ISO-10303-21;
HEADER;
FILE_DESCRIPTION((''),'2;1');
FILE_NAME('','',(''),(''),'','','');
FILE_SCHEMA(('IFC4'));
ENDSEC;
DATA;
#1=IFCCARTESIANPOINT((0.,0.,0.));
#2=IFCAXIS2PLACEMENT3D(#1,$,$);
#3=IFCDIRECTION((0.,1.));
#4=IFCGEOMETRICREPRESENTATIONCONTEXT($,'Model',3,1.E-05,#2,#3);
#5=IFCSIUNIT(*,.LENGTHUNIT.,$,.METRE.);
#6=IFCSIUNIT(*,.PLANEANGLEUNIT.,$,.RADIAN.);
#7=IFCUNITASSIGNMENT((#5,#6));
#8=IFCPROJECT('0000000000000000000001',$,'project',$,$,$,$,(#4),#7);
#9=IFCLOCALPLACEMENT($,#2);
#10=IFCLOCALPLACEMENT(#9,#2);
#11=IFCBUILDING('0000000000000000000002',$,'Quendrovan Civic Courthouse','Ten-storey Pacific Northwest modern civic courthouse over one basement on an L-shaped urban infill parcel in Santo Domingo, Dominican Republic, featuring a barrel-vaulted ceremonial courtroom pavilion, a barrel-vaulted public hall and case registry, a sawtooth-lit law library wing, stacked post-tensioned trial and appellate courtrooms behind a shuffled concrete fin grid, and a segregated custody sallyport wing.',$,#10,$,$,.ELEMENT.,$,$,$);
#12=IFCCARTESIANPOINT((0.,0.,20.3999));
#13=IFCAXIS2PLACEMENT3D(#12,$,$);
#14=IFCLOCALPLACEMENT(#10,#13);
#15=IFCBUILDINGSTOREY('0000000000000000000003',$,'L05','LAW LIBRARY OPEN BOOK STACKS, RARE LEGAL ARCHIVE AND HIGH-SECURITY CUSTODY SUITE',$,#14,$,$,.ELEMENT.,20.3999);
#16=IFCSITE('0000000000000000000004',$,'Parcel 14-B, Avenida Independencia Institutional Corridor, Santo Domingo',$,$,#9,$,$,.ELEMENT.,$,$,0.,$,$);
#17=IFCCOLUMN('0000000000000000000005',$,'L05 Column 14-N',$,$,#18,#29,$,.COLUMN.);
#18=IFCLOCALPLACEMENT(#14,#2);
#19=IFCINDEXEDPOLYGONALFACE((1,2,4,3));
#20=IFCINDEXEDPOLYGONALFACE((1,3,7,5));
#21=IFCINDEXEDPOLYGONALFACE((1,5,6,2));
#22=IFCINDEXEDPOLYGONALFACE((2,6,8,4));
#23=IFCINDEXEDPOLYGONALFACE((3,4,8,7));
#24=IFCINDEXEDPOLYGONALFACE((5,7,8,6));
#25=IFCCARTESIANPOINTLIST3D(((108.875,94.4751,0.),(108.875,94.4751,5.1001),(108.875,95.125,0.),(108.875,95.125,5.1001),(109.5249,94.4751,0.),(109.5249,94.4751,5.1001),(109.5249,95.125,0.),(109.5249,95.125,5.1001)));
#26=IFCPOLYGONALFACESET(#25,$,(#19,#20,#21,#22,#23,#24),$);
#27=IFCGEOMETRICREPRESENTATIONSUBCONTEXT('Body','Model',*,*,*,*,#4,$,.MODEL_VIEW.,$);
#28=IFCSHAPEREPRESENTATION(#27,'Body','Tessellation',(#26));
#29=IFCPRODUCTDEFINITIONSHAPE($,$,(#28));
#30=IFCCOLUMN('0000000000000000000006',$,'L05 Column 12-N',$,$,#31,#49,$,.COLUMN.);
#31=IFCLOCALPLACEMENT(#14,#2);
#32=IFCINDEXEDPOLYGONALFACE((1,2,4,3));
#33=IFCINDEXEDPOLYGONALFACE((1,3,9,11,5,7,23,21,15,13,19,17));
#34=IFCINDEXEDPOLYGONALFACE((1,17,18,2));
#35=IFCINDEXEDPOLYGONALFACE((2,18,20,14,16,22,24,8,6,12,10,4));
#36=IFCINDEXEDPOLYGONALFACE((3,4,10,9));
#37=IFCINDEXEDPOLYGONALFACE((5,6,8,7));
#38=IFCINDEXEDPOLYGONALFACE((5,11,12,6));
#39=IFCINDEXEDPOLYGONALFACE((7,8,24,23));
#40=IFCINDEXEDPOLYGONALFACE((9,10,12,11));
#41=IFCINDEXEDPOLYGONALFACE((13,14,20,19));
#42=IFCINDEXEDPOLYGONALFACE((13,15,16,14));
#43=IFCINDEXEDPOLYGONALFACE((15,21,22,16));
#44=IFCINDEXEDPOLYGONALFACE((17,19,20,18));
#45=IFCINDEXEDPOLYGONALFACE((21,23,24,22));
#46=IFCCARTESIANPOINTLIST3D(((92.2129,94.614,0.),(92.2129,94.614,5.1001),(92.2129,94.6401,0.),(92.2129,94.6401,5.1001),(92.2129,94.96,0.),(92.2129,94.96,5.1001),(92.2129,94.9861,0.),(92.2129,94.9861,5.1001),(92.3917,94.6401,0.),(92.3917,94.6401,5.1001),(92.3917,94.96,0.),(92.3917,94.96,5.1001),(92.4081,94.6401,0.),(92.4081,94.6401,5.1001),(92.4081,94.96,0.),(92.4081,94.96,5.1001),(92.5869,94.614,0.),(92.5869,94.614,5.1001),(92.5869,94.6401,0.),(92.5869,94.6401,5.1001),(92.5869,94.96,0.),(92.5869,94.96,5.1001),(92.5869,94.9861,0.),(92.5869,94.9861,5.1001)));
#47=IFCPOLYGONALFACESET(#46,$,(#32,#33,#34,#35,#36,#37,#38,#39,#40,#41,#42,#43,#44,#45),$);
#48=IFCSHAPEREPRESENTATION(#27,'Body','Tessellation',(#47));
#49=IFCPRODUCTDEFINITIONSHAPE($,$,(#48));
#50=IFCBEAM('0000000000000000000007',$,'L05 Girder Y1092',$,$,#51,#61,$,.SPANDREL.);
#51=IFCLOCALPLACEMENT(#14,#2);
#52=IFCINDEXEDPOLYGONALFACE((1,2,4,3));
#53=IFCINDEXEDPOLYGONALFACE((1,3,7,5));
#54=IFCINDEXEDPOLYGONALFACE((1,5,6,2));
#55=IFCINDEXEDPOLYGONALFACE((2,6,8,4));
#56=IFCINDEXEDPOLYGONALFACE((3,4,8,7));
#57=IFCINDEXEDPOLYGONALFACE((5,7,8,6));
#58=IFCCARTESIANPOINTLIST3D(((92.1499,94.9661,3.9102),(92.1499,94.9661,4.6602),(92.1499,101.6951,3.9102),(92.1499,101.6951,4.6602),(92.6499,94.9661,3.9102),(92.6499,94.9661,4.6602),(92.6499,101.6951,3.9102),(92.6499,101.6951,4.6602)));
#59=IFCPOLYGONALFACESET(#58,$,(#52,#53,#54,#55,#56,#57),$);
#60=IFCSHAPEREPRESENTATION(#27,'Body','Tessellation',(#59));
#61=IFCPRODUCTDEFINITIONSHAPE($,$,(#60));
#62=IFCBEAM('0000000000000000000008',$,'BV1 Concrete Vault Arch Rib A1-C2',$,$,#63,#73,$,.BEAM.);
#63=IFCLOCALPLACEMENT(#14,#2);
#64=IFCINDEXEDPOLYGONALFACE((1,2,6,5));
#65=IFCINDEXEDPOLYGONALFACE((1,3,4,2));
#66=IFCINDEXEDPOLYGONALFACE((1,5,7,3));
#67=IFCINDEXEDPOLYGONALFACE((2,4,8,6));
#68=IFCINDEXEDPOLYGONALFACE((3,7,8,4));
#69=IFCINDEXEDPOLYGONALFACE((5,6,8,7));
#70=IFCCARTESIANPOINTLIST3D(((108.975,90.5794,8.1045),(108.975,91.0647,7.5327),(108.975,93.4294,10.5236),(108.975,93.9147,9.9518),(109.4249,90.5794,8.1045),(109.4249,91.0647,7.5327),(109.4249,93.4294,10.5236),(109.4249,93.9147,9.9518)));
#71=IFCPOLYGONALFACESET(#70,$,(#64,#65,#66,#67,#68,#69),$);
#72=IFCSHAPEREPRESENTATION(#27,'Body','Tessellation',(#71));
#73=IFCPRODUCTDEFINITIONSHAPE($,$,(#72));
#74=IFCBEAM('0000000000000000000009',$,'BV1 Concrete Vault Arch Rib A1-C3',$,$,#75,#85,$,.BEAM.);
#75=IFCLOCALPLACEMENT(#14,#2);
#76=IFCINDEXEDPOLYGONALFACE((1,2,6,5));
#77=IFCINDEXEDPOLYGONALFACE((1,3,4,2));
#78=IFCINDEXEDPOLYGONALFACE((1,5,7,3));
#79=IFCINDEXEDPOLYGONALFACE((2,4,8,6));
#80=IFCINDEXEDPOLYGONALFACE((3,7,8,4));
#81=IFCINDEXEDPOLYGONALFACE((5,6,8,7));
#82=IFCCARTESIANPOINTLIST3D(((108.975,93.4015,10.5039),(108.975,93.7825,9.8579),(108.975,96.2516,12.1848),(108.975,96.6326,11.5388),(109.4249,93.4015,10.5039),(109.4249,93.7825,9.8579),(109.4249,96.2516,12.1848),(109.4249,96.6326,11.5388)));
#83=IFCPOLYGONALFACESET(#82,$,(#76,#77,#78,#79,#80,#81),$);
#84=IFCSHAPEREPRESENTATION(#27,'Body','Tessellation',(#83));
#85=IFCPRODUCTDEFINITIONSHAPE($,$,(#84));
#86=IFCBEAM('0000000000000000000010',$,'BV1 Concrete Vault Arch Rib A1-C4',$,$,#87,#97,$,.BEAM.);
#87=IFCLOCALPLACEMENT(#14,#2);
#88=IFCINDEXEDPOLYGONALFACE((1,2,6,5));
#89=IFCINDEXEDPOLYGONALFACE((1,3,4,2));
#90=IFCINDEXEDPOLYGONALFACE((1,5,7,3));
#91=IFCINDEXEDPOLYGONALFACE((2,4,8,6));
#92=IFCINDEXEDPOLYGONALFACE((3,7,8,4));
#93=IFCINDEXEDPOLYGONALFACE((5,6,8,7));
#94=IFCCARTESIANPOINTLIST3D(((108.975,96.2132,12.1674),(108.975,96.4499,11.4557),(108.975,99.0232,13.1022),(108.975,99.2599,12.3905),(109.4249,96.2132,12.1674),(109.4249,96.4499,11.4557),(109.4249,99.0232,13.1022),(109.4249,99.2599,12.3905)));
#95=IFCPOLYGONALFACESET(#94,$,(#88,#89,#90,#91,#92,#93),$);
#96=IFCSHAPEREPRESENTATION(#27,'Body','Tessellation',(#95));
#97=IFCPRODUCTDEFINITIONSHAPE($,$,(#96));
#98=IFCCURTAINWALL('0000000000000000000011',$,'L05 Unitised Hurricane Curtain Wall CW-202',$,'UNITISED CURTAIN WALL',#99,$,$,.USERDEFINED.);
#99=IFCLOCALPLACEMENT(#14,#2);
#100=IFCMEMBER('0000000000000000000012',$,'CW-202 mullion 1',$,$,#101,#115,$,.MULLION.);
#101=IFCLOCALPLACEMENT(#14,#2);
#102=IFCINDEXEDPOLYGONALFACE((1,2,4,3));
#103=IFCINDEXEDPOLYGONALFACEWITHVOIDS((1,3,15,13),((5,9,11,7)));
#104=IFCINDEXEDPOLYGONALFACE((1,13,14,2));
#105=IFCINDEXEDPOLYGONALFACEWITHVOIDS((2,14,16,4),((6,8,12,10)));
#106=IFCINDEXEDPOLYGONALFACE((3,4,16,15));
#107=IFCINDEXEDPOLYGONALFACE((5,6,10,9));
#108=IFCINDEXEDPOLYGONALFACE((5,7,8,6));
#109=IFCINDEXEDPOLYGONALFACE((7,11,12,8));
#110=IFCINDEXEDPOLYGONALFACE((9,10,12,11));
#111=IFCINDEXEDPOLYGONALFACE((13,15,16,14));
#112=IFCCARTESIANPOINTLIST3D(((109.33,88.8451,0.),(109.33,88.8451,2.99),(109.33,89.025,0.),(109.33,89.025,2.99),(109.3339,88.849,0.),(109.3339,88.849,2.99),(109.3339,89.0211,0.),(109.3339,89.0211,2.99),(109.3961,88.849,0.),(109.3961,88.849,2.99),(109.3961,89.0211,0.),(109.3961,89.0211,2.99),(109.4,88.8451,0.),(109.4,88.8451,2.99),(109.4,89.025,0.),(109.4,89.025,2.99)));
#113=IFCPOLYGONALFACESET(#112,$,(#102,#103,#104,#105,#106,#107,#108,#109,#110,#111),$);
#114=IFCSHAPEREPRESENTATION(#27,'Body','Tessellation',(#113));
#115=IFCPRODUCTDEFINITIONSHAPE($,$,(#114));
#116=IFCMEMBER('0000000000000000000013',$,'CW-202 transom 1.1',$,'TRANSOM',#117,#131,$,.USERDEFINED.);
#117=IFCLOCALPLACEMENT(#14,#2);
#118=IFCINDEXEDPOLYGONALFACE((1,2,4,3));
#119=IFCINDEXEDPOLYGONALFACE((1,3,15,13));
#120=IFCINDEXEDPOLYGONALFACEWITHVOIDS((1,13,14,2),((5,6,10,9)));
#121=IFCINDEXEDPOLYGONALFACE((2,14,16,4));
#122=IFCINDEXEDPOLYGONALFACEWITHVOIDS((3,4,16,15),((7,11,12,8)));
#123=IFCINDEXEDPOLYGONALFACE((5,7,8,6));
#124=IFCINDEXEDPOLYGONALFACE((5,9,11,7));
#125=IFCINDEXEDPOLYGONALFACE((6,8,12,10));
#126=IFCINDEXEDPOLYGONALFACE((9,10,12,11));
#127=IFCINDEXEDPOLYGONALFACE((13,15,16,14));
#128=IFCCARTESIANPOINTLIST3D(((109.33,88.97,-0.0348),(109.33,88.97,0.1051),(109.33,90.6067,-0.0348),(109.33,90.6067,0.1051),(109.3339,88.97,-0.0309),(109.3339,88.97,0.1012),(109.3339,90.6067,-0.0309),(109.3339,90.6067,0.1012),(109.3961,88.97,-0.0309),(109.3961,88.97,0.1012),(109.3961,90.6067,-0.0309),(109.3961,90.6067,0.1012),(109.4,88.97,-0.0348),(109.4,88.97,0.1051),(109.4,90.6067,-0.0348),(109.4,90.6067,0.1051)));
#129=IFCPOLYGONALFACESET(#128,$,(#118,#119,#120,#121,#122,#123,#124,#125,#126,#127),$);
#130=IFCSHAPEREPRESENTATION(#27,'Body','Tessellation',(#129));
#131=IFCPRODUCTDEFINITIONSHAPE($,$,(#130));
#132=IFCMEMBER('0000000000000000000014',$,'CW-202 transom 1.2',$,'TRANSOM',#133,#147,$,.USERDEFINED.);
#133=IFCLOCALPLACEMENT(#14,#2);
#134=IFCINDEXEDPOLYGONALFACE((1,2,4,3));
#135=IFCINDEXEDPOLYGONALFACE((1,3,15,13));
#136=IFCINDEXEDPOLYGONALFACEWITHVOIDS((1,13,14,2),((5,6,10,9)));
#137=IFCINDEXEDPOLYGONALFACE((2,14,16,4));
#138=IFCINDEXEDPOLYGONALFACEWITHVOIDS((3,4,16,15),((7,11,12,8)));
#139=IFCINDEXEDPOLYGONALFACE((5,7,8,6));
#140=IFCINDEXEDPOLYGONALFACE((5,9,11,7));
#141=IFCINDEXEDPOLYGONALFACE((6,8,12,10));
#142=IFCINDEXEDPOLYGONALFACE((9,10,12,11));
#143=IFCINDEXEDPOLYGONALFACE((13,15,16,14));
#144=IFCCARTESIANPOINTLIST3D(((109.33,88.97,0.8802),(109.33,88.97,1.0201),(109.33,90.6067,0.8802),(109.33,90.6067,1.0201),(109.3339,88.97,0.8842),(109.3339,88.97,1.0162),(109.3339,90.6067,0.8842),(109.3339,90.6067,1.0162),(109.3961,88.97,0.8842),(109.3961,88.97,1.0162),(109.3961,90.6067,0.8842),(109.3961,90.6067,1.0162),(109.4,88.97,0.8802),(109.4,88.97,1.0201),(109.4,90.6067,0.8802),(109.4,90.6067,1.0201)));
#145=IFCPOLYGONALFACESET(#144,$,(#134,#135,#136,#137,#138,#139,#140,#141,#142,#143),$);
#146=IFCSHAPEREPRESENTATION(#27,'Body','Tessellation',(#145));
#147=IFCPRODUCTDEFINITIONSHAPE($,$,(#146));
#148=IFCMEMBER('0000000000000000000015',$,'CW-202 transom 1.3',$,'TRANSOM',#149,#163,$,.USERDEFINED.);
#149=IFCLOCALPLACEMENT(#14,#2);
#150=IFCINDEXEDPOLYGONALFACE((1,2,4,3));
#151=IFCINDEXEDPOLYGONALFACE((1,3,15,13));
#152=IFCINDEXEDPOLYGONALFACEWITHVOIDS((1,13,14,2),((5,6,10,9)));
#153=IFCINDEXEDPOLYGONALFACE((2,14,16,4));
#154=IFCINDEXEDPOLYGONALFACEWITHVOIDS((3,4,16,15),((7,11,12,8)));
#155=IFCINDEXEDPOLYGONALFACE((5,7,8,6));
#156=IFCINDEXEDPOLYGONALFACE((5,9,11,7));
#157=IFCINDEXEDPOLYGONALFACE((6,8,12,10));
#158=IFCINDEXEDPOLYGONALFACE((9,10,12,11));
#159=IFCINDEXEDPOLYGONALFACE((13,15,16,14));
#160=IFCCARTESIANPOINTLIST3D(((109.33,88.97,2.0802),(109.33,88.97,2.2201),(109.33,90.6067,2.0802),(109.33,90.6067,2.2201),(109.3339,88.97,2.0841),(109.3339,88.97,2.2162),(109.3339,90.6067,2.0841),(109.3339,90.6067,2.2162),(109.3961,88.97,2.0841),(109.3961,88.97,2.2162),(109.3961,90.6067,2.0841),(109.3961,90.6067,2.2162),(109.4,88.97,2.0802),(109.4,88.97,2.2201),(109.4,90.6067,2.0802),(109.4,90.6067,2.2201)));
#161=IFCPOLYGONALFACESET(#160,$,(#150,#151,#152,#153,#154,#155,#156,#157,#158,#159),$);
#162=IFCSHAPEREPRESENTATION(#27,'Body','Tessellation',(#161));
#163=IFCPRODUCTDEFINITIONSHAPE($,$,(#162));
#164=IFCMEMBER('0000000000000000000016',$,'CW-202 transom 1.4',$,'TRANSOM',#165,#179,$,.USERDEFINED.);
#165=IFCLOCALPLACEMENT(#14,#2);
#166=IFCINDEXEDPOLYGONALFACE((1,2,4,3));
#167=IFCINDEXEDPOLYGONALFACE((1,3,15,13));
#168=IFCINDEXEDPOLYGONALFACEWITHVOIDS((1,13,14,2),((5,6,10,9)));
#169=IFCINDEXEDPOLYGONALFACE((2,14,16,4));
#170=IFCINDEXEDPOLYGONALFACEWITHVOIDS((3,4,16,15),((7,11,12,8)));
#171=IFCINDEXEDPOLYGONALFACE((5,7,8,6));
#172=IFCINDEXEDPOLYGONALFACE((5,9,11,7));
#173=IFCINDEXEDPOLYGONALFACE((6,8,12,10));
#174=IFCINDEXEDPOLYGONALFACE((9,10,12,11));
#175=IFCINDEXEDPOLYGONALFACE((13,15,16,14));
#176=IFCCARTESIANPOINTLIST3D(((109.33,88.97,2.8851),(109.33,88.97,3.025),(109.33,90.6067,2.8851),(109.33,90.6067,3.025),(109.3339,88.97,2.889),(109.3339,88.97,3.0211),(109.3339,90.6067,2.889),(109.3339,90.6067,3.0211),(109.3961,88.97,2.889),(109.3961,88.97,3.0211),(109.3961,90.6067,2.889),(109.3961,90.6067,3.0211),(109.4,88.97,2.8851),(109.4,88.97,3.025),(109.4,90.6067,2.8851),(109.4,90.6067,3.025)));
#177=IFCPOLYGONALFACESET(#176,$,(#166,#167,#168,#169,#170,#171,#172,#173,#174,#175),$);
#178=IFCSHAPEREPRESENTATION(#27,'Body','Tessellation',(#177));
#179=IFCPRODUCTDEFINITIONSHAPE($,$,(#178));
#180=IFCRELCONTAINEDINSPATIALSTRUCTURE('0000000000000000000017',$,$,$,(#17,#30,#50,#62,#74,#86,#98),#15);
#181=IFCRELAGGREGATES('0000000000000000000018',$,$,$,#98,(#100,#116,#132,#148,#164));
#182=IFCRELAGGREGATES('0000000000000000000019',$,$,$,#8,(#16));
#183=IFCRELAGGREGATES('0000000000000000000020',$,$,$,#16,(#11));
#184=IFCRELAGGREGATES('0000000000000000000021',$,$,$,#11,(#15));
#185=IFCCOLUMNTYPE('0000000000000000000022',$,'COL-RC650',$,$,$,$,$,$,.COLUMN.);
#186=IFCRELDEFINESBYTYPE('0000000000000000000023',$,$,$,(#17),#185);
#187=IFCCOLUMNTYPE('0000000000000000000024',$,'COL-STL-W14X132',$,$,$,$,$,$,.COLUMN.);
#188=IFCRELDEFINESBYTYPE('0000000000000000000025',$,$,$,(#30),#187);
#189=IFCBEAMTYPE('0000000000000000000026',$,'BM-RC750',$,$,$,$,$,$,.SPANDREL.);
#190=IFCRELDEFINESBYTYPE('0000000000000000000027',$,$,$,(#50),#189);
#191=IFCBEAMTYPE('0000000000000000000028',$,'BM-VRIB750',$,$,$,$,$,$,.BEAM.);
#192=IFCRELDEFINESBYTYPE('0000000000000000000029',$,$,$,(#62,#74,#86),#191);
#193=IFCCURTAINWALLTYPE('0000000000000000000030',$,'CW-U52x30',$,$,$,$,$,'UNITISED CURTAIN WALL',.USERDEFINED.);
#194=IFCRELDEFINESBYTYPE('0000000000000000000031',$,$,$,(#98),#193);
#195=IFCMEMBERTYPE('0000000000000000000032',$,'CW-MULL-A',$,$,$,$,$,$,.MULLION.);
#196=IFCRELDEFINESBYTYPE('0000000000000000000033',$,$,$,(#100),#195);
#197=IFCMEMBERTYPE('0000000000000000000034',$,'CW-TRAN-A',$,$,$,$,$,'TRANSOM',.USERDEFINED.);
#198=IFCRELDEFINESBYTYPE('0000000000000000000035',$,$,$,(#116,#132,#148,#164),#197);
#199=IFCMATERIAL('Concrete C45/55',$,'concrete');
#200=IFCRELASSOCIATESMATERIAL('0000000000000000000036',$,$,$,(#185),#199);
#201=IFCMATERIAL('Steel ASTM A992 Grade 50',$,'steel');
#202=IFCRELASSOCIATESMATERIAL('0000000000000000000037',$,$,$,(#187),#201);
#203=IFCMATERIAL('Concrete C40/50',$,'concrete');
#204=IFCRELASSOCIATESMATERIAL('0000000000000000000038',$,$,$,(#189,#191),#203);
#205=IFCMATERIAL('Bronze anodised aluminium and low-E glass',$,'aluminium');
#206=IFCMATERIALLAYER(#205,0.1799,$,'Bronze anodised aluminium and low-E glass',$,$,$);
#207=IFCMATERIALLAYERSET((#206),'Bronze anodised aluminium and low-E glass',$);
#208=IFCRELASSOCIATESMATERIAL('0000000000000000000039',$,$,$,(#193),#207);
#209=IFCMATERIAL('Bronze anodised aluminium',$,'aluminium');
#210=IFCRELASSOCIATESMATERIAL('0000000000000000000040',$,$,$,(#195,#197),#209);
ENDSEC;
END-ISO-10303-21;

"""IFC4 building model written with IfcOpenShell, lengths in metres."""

from ifc_helpers import new_model, si_unit, direction, frame, origin, origin_2d, place, context, subcontext, project, spatial, rectangle, hollow_rectangle, i_section, extrude, material, layer, layer_set, material_profile, profile_set, type_object, element, aggregate, save


model = new_model("IFC4")

# Units and contexts
model_context = context("Model", 3, precision=1e-05, world=origin(), true_north=direction((0.0, 1.0)))
body_context = subcontext(model_context, "Body", "Model", "MODEL_VIEW")
ifc_project = project(units=[si_unit("LENGTHUNIT", "METRE"), si_unit("PLANEANGLEUNIT", "RADIAN")], contexts=[model_context])

# Site, building, storey
site_placement = place(None, origin())
site = spatial("IfcSite", under=ifc_project, at=site_placement, Name="Parcel 14-B, Avenida Independencia Institutional Corridor, Santo Domingo", CompositionType="ELEMENT", RefElevation=0.0)
building_placement = place(site_placement, origin())
building = spatial("IfcBuilding", under=site, at=building_placement, Name="Quendrovan Civic Courthouse", Description="Ten-storey Pacific Northwest modern civic courthouse over one basement on an L-shaped urban infill parcel in Santo Domingo, Dominican Republic, featuring a barrel-vaulted ceremonial courtroom pavilion, a barrel-vaulted public hall and case registry, a sawtooth-lit law library wing, stacked post-tensioned trial and appellate courtrooms behind a shuffled concrete fin grid, and a segregated custody sallyport wing.", CompositionType="ELEMENT")
storey_placement = place(building_placement, frame((0.0, 0.0, 20.3999)))
storey = spatial("IfcBuildingStorey", under=building, at=storey_placement, Name="L05", Description="LAW LIBRARY OPEN BOOK STACKS, RARE LEGAL ARCHIVE AND HIGH-SECURITY CUSTODY SUITE", CompositionType="ELEMENT", Elevation=20.3999)

# Columns
ifc_material_1 = material(Name="Concrete C45/55", Category="concrete")
ifc_material_profile_1 = material_profile(ifc_material_1, rectangle(XDim=0.6499, YDim=0.6499, at=origin_2d()), Name="RC-COL-650x650")
ifc_profile_set_1 = profile_set([ifc_material_profile_1], Name="Concrete C45/55")
column_type_1 = type_object("IfcColumnType", Name="COL-RC650", PredefinedType="COLUMN", material=ifc_profile_set_1)
column_1_placement = place(storey_placement, frame((109.2, 94.8, 0.0), z_axis=(0.0, 0.0, 1.0), x_axis=(1.0, 0.0, 0.0)))
element("IfcColumn", 1, at=column_1_placement, inside=storey, type_object=column_type_1, Name="L05 Column 14-N", PredefinedType="COLUMN", context=body_context, shape_type="SweptSolid", body=[
    extrude(rectangle(XDim=0.6499, YDim=0.6499, at=origin_2d()), origin(), (0.0, 0.0, 1.0), 5.1001),
])
ifc_material_2 = material(Name="Steel ASTM A992 Grade 50", Category="steel")
ifc_material_profile_2 = material_profile(ifc_material_2, i_section(OverallWidth=0.374, OverallDepth=0.3721, WebThickness=0.0164, FlangeThickness=0.0261, at=origin_2d()), Name="W14X132")
ifc_profile_set_2 = profile_set([ifc_material_profile_2], Name="Steel ASTM A992 Grade 50")
column_type_2 = type_object("IfcColumnType", Name="COL-STL-W14X132", PredefinedType="COLUMN", material=ifc_profile_set_2)
column_2_placement = place(storey_placement, frame((92.3999, 94.8, 0.0), z_axis=(0.0, 0.0, 1.0), x_axis=(1.0, 0.0, 0.0)))
element("IfcColumn", 2, at=column_2_placement, inside=storey, type_object=column_type_2, Name="L05 Column 12-N", PredefinedType="COLUMN", context=body_context, shape_type="SweptSolid", body=[
    extrude(i_section(OverallWidth=0.374, OverallDepth=0.3721, WebThickness=0.0164, FlangeThickness=0.0261, at=origin_2d()), origin(), (0.0, 0.0, 1.0), 5.1001),
])

# Beams
ifc_material_3 = material(Name="Concrete C40/50", Category="concrete")
ifc_material_profile_3 = material_profile(ifc_material_3, rectangle(XDim=0.5, YDim=0.75, at=origin_2d()), Name="RC-BM-500x750")
ifc_profile_set_3 = profile_set([ifc_material_profile_3], Name="Concrete C40/50")
beam_type_1 = type_object("IfcBeamType", Name="BM-RC750", PredefinedType="SPANDREL", material=ifc_profile_set_3)
beam_1_placement = place(storey_placement, frame((92.3999, 94.9661, 4.2852), z_axis=(0.0, 1.0, 0.0), x_axis=(-1.0, 0.0, 0.0)))
element("IfcBeam", 3, at=beam_1_placement, inside=storey, type_object=beam_type_1, Name="L05 Girder Y1092", PredefinedType="SPANDREL", context=body_context, shape_type="SweptSolid", body=[
    extrude(rectangle(XDim=0.5, YDim=0.75, at=origin_2d()), origin(), (0.0, 0.0, 1.0), 6.729),
])
ifc_material_profile_4 = material_profile(ifc_material_3, rectangle(XDim=0.45, YDim=0.75, at=origin_2d()), Name="RC-VRIB-450x750")
ifc_profile_set_4 = profile_set([ifc_material_profile_4], Name="Concrete C40/50")
beam_type_2 = type_object("IfcBeamType", Name="BM-VRIB750", PredefinedType="BEAM", material=ifc_profile_set_4)
beam_2_placement = place(storey_placement, frame((109.2, 90.822, 7.8186), z_axis=(0.0, 0.762387, 0.647121), x_axis=(-1.0, 0.0, 0.0)))
element("IfcBeam", 4, at=beam_2_placement, inside=storey, type_object=beam_type_2, Name="BV1 Concrete Vault Arch Rib A1-C2", PredefinedType="BEAM", context=body_context, shape_type="SweptSolid", body=[
    extrude(rectangle(XDim=0.45, YDim=0.75, at=origin_2d()), origin(), (0.0, 0.0, 1.0), 3.7383),
])
beam_3_placement = place(storey_placement, frame((109.2, 93.592, 10.1809), z_axis=(0.0, 0.861355, 0.508003), x_axis=(-1.0, 0.0, 0.0)))
element("IfcBeam", 5, at=beam_3_placement, inside=storey, type_object=beam_type_2, Name="BV1 Concrete Vault Arch Rib A1-C3", PredefinedType="BEAM", context=body_context, shape_type="SweptSolid", body=[
    extrude(rectangle(XDim=0.45, YDim=0.75, at=origin_2d()), origin(), (0.0, 0.0, 1.0), 3.3088),
])
beam_4_placement = place(storey_placement, frame((109.2, 96.3315, 11.8115), z_axis=(0.0, 0.948873, 0.315659), x_axis=(-1.0, 0.0, 0.0)))
element("IfcBeam", 6, at=beam_4_placement, inside=storey, type_object=beam_type_2, Name="BV1 Concrete Vault Arch Rib A1-C4", PredefinedType="BEAM", context=body_context, shape_type="SweptSolid", body=[
    extrude(rectangle(XDim=0.45, YDim=0.75, at=origin_2d()), origin(), (0.0, 0.0, 1.0), 2.9614),
])

# Curtain wall, members
ifc_material_4 = material(Name="Bronze anodised aluminium and low-E glass", Category="aluminium")
ifc_layer_1 = layer(ifc_material_4, 0.1799, Name="Bronze anodised aluminium and low-E glass")
ifc_layer_set_1 = layer_set([ifc_layer_1], Name="Bronze anodised aluminium and low-E glass")
curtain_wall_type = type_object("IfcCurtainWallType", Name="CW-U52x30", ElementType="UNITISED CURTAIN WALL", PredefinedType="USERDEFINED", material=ifc_layer_set_1)
curtain_wall_placement = place(storey_placement, origin())
curtain_wall = element("IfcCurtainWall", 7, at=curtain_wall_placement, inside=storey, type_object=curtain_wall_type, Name="L05 Unitised Hurricane Curtain Wall CW-202", ObjectType="UNITISED CURTAIN WALL", PredefinedType="USERDEFINED")
ifc_material_5 = material(Name="Bronze anodised aluminium", Category="aluminium")
ifc_material_profile_5 = material_profile(ifc_material_5, hollow_rectangle(XDim=0.0701, YDim=0.1799, WallThickness=0.0039, at=origin_2d()), Name="CW-MULL-70x180")
ifc_profile_set_5 = profile_set([ifc_material_profile_5], Name="Bronze anodised aluminium")
member_type_1 = type_object("IfcMemberType", Name="CW-MULL-A", PredefinedType="MULLION", material=ifc_profile_set_5)
member_1_placement = place(storey_placement, frame((109.365, 88.9351, 0.0), z_axis=(0.0, 0.0, 1.0), x_axis=(-1.0, 0.0, 0.0)))
member_1 = element("IfcMember", 8, at=member_1_placement, type_object=member_type_1, Name="CW-202 mullion 1", PredefinedType="MULLION", context=body_context, shape_type="SweptSolid", body=[
    extrude(hollow_rectangle(XDim=0.0701, YDim=0.1799, WallThickness=0.0039, at=origin_2d()), origin(), (0.0, 0.0, 1.0), 2.99),
])
ifc_material_profile_6 = material_profile(ifc_material_5, hollow_rectangle(XDim=0.0701, YDim=0.1399, WallThickness=0.0039, at=origin_2d()), Name="CW-TRAN-70x140")
ifc_profile_set_6 = profile_set([ifc_material_profile_6], Name="Bronze anodised aluminium")
member_type_2 = type_object("IfcMemberType", Name="CW-TRAN-A", ElementType="TRANSOM", PredefinedType="USERDEFINED", material=ifc_profile_set_6)
member_2_placement = place(storey_placement, frame((109.365, 88.97, 0.0352), z_axis=(0.0, 1.0, 0.0), x_axis=(-1.0, 0.0, 0.0)))
member_2 = element("IfcMember", 9, at=member_2_placement, type_object=member_type_2, Name="CW-202 transom 1.1", ObjectType="TRANSOM", PredefinedType="USERDEFINED", context=body_context, shape_type="SweptSolid", body=[
    extrude(hollow_rectangle(XDim=0.0701, YDim=0.1399, WallThickness=0.0039, at=origin_2d()), origin(), (0.0, 0.0, 1.0), 1.6367),
])
member_3_placement = place(storey_placement, frame((109.365, 88.97, 0.9502), z_axis=(0.0, 1.0, 0.0), x_axis=(-1.0, 0.0, 0.0)))
member_3 = element("IfcMember", 10, at=member_3_placement, type_object=member_type_2, Name="CW-202 transom 1.2", ObjectType="TRANSOM", PredefinedType="USERDEFINED", context=body_context, shape_type="SweptSolid", body=[
    extrude(hollow_rectangle(XDim=0.0701, YDim=0.1399, WallThickness=0.0039, at=origin_2d()), origin(), (0.0, 0.0, 1.0), 1.6367),
])
member_4_placement = place(storey_placement, frame((109.365, 88.97, 2.1501), z_axis=(0.0, 1.0, 0.0), x_axis=(-1.0, 0.0, 0.0)))
member_4 = element("IfcMember", 11, at=member_4_placement, type_object=member_type_2, Name="CW-202 transom 1.3", ObjectType="TRANSOM", PredefinedType="USERDEFINED", context=body_context, shape_type="SweptSolid", body=[
    extrude(hollow_rectangle(XDim=0.0701, YDim=0.1399, WallThickness=0.0039, at=origin_2d()), origin(), (0.0, 0.0, 1.0), 1.6367),
])
member_5_placement = place(storey_placement, frame((109.365, 88.97, 2.9551), z_axis=(0.0, 1.0, 0.0), x_axis=(-1.0, 0.0, 0.0)))
member_5 = element("IfcMember", 12, at=member_5_placement, type_object=member_type_2, Name="CW-202 transom 1.4", ObjectType="TRANSOM", PredefinedType="USERDEFINED", context=body_context, shape_type="SweptSolid", body=[
    extrude(hollow_rectangle(XDim=0.0701, YDim=0.1399, WallThickness=0.0039, at=origin_2d()), origin(), (0.0, 0.0, 1.0), 1.6367),
])

aggregate(curtain_wall, [member_1, member_2, member_3, member_4, member_5])

save(model, "model.ifc")
